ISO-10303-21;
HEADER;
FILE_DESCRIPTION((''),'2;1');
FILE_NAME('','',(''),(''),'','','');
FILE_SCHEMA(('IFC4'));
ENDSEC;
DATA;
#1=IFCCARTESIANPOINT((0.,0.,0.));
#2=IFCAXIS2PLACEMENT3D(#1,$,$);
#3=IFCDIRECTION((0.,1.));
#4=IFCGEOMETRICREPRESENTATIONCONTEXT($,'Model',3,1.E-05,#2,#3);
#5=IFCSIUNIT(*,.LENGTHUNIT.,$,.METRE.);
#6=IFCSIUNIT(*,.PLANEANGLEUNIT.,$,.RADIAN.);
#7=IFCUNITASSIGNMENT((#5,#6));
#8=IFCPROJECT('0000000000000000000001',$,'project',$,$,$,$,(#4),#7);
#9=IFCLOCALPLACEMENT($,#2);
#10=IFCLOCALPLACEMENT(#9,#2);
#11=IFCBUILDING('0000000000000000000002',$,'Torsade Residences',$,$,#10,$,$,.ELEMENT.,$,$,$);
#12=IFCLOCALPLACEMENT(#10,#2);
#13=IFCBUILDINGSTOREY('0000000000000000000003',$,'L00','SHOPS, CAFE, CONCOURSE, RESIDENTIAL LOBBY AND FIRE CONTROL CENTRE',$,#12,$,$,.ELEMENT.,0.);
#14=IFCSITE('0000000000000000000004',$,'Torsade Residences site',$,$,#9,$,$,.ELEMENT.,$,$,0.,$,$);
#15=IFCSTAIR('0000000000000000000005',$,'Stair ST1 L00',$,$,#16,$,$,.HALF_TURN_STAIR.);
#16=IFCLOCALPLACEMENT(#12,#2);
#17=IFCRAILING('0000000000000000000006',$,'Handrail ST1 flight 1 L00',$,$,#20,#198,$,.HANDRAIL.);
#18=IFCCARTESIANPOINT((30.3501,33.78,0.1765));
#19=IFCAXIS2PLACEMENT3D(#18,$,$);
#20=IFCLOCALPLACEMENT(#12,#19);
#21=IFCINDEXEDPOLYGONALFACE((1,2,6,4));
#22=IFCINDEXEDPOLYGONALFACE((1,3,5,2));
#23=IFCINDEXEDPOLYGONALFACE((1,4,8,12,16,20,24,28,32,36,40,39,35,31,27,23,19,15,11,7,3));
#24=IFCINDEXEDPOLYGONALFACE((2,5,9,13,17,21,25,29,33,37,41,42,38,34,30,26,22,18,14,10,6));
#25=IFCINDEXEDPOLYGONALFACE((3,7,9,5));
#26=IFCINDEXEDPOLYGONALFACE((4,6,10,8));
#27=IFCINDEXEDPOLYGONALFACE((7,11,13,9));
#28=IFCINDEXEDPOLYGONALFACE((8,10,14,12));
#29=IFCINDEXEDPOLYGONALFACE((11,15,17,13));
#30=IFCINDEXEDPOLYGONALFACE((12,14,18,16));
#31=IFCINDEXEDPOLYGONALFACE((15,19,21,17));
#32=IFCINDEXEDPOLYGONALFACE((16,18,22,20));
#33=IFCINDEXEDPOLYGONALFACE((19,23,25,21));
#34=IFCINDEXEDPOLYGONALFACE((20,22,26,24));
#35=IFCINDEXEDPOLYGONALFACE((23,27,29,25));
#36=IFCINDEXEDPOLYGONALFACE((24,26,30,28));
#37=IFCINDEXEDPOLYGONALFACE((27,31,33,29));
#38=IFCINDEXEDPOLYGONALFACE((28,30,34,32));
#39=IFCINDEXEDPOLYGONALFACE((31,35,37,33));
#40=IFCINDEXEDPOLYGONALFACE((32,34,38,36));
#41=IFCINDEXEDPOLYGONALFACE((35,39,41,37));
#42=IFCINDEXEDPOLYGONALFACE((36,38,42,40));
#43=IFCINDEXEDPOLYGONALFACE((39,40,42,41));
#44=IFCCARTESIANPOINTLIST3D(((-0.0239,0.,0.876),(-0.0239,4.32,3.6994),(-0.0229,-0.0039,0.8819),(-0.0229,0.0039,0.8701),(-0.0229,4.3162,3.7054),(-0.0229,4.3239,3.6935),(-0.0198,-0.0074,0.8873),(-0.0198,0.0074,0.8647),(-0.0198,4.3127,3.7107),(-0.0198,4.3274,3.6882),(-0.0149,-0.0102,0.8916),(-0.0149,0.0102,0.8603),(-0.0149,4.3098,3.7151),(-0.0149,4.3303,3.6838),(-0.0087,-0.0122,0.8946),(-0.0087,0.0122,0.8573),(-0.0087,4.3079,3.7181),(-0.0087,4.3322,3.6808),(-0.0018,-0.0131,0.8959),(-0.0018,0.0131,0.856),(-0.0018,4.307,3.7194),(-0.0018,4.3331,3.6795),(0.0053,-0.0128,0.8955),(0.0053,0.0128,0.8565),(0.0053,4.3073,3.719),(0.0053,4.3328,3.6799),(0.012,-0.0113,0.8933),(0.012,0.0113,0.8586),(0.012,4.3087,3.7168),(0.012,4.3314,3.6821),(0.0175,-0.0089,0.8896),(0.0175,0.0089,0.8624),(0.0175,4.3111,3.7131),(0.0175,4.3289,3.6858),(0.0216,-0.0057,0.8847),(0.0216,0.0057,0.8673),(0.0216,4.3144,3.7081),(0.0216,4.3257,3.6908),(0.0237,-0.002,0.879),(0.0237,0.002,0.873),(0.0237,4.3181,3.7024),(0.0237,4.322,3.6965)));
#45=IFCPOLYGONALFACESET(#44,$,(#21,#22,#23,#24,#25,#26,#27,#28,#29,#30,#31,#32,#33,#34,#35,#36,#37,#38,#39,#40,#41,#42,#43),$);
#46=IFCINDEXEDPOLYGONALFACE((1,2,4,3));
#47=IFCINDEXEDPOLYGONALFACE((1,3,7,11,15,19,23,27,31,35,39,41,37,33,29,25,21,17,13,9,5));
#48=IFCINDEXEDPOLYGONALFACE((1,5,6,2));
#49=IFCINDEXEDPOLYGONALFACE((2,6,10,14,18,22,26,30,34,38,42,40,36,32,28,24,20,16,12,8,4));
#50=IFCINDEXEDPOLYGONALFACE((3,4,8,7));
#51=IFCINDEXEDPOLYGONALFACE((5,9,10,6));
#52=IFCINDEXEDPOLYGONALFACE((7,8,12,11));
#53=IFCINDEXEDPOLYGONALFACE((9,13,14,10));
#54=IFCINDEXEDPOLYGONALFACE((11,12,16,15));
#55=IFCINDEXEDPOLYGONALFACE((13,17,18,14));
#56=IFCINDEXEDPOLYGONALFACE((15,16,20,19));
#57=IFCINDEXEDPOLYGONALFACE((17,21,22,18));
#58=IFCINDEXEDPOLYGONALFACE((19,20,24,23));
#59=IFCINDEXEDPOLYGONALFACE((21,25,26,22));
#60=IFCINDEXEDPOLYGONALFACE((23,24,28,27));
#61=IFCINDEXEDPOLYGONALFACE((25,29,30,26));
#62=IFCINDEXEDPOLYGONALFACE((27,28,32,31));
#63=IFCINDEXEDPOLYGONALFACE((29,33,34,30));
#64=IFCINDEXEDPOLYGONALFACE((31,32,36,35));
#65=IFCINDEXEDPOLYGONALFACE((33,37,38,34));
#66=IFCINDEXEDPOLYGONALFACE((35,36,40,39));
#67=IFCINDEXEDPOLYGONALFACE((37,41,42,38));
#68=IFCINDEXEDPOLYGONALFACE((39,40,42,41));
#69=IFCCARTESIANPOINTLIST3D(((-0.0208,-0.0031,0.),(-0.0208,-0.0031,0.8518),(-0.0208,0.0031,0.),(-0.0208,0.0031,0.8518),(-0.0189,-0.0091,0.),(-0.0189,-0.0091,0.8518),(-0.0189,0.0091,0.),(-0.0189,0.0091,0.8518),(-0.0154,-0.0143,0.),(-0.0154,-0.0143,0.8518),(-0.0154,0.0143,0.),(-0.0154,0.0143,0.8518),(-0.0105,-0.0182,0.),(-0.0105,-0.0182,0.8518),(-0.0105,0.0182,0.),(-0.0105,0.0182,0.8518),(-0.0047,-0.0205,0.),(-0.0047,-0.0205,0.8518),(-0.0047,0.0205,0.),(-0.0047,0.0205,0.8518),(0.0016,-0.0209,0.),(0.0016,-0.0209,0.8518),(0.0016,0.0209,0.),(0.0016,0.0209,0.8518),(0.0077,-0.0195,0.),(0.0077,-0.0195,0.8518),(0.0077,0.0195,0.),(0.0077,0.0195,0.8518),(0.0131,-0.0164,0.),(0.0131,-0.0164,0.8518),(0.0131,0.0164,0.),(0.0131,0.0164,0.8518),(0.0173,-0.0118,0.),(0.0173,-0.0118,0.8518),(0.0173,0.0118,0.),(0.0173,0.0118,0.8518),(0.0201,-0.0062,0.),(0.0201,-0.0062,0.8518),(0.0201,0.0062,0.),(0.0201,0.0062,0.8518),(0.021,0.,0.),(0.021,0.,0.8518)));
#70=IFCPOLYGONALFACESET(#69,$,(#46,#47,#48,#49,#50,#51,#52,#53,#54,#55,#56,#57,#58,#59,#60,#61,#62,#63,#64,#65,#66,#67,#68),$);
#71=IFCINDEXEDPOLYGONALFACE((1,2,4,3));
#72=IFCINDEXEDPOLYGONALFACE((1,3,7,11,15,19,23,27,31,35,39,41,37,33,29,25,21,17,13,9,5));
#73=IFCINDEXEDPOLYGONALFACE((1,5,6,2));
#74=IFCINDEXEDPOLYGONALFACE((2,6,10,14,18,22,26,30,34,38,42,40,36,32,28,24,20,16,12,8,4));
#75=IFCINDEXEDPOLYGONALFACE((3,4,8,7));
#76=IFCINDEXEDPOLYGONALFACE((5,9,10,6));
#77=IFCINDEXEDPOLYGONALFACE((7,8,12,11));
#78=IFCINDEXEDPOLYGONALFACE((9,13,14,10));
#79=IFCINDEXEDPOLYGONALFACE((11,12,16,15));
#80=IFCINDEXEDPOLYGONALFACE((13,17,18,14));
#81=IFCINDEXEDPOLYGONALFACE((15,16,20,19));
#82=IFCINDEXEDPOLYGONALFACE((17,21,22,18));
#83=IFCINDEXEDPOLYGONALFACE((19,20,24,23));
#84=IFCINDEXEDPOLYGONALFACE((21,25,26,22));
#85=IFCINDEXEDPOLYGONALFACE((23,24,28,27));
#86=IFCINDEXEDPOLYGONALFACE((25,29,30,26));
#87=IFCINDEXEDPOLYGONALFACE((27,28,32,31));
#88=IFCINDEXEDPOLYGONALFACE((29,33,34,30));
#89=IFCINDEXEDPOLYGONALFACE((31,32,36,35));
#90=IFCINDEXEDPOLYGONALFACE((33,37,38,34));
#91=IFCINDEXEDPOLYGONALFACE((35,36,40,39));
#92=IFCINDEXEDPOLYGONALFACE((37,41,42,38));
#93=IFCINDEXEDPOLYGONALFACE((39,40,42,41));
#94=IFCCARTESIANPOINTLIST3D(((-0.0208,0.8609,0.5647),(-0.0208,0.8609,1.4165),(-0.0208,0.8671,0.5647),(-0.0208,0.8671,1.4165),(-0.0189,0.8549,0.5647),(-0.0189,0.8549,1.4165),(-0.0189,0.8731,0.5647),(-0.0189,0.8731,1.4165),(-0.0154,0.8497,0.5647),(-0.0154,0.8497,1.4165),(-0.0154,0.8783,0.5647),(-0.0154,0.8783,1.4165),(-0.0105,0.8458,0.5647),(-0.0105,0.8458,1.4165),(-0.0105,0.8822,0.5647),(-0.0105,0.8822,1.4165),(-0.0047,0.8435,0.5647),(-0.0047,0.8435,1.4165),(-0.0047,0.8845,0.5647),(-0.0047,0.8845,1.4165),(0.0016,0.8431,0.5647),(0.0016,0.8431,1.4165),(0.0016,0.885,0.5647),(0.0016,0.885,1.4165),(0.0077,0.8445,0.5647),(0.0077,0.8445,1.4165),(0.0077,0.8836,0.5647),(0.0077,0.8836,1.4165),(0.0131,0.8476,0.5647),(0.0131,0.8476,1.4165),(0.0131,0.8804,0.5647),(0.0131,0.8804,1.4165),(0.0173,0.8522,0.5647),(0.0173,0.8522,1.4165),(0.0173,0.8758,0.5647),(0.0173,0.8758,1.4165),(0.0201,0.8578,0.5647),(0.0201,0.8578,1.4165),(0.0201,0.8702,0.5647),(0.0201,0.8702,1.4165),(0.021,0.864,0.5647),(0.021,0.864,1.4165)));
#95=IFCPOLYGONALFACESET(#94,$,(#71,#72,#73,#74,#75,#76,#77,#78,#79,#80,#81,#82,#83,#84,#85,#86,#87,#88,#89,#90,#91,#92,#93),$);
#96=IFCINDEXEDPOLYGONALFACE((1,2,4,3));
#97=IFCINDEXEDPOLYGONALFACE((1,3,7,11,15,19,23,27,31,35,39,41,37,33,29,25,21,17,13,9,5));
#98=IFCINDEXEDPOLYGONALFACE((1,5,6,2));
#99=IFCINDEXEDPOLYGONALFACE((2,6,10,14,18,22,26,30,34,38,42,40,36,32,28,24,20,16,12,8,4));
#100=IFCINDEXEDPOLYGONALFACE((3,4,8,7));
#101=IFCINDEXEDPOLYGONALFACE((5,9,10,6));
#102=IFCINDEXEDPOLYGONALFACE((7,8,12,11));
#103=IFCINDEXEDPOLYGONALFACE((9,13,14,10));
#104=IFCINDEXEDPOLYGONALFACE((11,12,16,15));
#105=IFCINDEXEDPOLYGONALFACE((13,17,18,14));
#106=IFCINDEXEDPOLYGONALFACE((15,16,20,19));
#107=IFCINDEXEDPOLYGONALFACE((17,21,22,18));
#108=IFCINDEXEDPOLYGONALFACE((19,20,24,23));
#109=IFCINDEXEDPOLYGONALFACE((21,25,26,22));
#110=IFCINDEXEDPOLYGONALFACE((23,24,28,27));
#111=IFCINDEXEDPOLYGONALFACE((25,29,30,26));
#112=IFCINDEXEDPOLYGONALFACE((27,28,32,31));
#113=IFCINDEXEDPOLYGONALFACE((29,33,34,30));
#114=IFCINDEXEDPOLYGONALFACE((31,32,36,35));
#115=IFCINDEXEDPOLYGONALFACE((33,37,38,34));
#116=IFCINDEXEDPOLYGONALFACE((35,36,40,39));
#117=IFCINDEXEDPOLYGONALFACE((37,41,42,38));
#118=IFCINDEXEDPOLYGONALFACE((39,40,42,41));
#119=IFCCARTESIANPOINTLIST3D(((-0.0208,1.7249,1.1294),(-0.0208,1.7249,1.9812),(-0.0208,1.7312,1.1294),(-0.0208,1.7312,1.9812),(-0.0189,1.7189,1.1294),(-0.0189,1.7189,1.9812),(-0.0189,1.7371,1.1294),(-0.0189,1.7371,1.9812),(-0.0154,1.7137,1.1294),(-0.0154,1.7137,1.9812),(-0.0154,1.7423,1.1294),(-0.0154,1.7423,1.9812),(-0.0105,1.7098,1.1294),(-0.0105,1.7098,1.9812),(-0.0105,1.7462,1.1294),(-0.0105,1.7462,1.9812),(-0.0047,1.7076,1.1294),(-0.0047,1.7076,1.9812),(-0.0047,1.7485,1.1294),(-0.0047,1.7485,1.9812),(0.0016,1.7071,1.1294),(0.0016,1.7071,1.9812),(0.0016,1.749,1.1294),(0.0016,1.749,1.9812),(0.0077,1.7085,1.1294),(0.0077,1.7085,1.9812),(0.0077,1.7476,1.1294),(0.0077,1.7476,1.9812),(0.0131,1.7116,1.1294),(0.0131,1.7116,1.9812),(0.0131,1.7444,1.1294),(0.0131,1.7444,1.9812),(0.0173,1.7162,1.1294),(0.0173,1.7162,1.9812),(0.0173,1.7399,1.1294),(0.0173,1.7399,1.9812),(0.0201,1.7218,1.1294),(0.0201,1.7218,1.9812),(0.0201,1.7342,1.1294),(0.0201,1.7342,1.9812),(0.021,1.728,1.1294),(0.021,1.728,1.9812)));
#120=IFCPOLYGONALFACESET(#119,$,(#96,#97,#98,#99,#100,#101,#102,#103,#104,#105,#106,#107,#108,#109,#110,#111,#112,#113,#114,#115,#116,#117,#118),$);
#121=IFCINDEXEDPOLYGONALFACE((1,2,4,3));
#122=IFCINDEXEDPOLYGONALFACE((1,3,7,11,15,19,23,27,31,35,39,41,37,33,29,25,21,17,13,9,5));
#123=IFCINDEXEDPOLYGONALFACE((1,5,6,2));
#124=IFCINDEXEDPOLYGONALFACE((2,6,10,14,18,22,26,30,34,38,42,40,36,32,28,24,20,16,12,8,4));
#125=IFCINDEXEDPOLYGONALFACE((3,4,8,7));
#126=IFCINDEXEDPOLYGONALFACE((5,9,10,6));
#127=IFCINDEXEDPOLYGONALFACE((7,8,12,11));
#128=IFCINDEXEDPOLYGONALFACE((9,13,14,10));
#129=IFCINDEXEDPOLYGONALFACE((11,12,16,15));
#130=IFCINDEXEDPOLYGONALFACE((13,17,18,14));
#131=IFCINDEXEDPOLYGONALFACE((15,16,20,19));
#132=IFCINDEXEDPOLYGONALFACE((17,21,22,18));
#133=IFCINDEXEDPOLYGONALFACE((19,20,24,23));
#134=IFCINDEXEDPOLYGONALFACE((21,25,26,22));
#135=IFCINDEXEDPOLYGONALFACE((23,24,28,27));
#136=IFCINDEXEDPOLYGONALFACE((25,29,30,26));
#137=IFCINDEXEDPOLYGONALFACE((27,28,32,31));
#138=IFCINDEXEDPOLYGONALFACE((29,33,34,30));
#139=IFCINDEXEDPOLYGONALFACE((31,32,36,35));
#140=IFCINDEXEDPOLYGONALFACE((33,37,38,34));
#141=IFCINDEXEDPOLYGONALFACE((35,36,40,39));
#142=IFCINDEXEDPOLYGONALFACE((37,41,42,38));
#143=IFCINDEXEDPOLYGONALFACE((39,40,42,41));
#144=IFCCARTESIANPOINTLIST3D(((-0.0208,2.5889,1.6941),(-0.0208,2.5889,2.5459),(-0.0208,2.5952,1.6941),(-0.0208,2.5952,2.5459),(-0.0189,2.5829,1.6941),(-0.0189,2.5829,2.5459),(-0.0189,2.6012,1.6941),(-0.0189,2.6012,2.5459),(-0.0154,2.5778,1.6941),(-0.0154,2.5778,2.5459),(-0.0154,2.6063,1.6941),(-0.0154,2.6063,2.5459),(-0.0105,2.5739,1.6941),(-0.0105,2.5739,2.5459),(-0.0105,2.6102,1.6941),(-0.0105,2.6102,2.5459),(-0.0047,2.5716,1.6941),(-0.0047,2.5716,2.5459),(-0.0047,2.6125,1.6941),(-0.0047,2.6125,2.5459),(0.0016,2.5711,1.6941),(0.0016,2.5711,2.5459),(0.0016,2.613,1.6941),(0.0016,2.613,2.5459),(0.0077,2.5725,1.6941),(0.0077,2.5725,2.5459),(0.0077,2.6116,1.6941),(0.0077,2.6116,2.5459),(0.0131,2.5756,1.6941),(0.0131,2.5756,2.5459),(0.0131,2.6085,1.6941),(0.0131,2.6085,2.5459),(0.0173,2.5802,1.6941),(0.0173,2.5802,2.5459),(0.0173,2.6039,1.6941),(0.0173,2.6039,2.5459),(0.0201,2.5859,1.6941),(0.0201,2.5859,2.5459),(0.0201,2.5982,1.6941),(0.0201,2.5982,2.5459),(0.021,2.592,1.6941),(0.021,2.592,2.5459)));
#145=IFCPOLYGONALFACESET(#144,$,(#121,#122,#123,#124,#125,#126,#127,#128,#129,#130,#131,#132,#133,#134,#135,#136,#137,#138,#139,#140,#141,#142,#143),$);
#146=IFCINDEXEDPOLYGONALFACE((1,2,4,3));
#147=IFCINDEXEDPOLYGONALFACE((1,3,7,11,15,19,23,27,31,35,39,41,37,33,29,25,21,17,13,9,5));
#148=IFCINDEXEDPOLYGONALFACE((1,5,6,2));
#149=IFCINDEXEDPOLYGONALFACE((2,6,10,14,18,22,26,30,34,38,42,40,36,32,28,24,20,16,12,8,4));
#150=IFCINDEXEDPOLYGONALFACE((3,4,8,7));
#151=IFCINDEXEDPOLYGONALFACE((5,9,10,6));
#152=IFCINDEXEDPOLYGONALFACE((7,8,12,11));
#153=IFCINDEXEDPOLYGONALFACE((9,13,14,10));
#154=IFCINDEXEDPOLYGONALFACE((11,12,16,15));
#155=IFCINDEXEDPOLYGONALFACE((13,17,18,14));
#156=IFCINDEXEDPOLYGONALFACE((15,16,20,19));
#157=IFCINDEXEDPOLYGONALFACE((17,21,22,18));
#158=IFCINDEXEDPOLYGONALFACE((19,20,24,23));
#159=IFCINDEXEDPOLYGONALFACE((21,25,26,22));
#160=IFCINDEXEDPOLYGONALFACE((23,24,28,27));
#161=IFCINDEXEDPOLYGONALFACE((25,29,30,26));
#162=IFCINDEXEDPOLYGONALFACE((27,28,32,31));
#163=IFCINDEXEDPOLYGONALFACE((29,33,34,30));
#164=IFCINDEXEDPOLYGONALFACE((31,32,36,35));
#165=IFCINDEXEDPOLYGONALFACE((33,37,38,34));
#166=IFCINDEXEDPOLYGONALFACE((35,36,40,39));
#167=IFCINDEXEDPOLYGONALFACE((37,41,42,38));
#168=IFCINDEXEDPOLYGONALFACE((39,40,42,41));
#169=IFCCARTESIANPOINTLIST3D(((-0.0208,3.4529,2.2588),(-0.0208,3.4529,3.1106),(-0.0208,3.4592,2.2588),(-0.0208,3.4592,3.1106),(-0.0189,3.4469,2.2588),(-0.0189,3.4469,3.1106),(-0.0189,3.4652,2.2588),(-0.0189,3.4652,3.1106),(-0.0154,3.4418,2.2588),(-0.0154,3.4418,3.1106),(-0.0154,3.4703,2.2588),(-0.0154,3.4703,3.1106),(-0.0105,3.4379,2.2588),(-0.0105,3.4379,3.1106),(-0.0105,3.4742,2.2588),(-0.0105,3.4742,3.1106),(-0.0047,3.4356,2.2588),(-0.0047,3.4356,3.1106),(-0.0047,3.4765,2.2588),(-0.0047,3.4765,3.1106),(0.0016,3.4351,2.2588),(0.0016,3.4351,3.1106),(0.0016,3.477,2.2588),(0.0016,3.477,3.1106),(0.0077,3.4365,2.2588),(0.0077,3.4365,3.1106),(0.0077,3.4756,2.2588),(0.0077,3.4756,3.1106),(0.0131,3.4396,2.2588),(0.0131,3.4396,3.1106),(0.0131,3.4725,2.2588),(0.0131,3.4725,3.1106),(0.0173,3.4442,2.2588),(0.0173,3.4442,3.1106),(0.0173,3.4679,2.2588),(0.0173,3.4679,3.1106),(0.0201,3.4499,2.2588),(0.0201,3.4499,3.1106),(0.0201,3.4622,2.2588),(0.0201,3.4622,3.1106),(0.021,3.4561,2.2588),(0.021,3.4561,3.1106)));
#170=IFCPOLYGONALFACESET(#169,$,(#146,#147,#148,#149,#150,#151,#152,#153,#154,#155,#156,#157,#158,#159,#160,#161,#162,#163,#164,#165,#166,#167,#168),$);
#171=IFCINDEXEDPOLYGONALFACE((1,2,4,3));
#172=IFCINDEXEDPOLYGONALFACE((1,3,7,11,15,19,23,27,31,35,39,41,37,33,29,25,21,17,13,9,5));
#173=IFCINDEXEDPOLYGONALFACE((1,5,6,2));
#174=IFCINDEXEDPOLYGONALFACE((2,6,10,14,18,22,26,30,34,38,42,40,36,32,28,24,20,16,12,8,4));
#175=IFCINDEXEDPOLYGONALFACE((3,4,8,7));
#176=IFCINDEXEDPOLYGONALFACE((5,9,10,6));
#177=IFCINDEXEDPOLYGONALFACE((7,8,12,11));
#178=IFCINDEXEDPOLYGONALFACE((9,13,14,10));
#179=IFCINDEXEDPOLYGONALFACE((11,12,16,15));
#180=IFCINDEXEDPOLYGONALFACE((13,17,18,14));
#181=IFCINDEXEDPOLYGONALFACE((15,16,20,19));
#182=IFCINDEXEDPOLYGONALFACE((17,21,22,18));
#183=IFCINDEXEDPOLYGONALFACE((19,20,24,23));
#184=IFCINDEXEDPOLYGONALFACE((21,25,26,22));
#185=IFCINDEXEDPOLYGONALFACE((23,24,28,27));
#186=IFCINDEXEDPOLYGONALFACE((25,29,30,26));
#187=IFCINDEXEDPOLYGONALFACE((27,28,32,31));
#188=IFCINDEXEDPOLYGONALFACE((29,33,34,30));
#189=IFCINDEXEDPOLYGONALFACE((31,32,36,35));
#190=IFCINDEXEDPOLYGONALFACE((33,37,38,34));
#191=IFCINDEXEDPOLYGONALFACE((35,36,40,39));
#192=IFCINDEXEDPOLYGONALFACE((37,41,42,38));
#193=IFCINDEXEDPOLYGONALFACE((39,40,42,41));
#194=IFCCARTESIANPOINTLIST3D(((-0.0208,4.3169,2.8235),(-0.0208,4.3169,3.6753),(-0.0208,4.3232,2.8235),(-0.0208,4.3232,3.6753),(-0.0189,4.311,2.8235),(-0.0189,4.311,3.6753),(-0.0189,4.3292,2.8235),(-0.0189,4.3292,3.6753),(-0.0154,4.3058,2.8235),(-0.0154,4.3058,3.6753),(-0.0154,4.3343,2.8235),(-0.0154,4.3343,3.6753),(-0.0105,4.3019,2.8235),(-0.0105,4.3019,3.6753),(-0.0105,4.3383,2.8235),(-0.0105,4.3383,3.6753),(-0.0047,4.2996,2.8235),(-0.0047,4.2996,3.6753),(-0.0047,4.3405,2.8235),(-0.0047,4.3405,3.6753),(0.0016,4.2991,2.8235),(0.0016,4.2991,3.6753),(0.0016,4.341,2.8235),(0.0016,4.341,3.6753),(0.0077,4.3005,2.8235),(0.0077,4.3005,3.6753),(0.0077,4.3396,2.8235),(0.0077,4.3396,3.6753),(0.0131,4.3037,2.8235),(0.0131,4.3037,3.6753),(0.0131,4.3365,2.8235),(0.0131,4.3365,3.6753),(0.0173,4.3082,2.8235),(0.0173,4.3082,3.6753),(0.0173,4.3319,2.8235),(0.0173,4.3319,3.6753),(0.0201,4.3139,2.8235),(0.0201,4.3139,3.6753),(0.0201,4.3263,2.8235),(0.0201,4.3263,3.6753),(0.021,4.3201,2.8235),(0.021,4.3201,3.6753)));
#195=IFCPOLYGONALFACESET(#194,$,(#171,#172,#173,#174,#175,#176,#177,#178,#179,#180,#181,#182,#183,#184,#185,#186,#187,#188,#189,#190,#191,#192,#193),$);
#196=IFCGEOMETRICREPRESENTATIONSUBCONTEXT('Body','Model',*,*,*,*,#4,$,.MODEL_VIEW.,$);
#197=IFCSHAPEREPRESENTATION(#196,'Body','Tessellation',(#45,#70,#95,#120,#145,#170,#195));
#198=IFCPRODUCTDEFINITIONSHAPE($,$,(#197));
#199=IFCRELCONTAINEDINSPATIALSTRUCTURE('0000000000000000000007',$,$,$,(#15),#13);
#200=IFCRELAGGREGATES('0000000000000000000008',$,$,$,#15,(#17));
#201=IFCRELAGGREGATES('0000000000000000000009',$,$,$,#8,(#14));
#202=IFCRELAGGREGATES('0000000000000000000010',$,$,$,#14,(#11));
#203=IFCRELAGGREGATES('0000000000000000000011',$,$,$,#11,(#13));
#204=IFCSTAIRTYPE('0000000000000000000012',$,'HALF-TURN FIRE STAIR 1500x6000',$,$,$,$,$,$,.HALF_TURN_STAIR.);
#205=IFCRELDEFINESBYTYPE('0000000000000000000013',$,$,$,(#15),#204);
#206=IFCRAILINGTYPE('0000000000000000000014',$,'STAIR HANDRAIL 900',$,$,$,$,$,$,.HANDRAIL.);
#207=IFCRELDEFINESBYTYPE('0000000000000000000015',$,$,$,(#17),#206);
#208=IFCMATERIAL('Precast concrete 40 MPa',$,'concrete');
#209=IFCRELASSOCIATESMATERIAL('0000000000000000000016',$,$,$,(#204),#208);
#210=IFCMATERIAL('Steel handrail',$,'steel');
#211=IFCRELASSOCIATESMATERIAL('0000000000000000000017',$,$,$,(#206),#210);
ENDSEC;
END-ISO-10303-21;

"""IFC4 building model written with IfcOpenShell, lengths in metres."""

from ifc_helpers import new_model, si_unit, direction, frame, origin, origin_2d, place, context, subcontext, project, spatial, circle, extrude, material, type_object, element, aggregate, save


model = new_model("IFC4")

# Units and contexts
model_context = context("Model", 3, precision=1e-05, world=origin(), true_north=direction((0.0, 1.0)))
body_context = subcontext(model_context, "Body", "Model", "MODEL_VIEW")
ifc_project = project(units=[si_unit("LENGTHUNIT", "METRE"), si_unit("PLANEANGLEUNIT", "RADIAN")], contexts=[model_context])

# Site, building, storey
site_placement = place(None, origin())
site = spatial("IfcSite", under=ifc_project, at=site_placement, Name="Torsade Residences site", CompositionType="ELEMENT", RefElevation=0.0)
building_placement = place(site_placement, origin())
building = spatial("IfcBuilding", under=site, at=building_placement, Name="Torsade Residences", CompositionType="ELEMENT")
storey_placement = place(building_placement, origin())
storey = spatial("IfcBuildingStorey", under=building, at=storey_placement, Name="L00", Description="SHOPS, CAFE, CONCOURSE, RESIDENTIAL LOBBY AND FIRE CONTROL CENTRE", CompositionType="ELEMENT", Elevation=0.0)

# Stair, railing
ifc_material_1 = material(Name="Precast concrete 40 MPa", Category="concrete")
stair_type = type_object("IfcStairType", Name="HALF-TURN FIRE STAIR 1500x6000", PredefinedType="HALF_TURN_STAIR", material=ifc_material_1)
stair_placement = place(storey_placement, origin())
stair = element("IfcStair", 1, at=stair_placement, inside=storey, type_object=stair_type, Name="Stair ST1 L00", PredefinedType="HALF_TURN_STAIR")
ifc_material_2 = material(Name="Steel handrail", Category="steel")
railing_type = type_object("IfcRailingType", Name="STAIR HANDRAIL 900", PredefinedType="HANDRAIL", material=ifc_material_2)
railing_placement = place(storey_placement, frame((30.3501, 33.78, 0.1765)))
railing = element("IfcRailing", 2, at=railing_placement, type_object=railing_type, Name="Handrail ST1 flight 1 L00", PredefinedType="HANDRAIL", context=body_context, shape_type="SweptSolid", body=[
    extrude(circle(Radius=0.0239, at=origin_2d()), frame((0.0, 0.0, 0.876), z_axis=(0.0, 0.837074, 0.54709), x_axis=(-1.0, 0.0, 0.0)), (0.0, 0.0, 1.0), 5.1609),
    extrude(circle(Radius=0.021, at=origin_2d()), origin(), (0.0, 0.0, 1.0), 0.8518),
    extrude(circle(Radius=0.021, at=origin_2d()), frame((0.0, 0.864, 0.5647)), (0.0, 0.0, 1.0), 0.8518),
    extrude(circle(Radius=0.021, at=origin_2d()), frame((0.0, 1.728, 1.1294)), (0.0, 0.0, 1.0), 0.8518),
    extrude(circle(Radius=0.021, at=origin_2d()), frame((0.0, 2.592, 1.6941)), (0.0, 0.0, 1.0), 0.8518),
    extrude(circle(Radius=0.021, at=origin_2d()), frame((0.0, 3.4561, 2.2588)), (0.0, 0.0, 1.0), 0.8518),
    extrude(circle(Radius=0.021, at=origin_2d()), frame((0.0, 4.3201, 2.8235)), (0.0, 0.0, 1.0), 0.8518),
])
aggregate(stair, [railing])

save(model, "model.ifc")
